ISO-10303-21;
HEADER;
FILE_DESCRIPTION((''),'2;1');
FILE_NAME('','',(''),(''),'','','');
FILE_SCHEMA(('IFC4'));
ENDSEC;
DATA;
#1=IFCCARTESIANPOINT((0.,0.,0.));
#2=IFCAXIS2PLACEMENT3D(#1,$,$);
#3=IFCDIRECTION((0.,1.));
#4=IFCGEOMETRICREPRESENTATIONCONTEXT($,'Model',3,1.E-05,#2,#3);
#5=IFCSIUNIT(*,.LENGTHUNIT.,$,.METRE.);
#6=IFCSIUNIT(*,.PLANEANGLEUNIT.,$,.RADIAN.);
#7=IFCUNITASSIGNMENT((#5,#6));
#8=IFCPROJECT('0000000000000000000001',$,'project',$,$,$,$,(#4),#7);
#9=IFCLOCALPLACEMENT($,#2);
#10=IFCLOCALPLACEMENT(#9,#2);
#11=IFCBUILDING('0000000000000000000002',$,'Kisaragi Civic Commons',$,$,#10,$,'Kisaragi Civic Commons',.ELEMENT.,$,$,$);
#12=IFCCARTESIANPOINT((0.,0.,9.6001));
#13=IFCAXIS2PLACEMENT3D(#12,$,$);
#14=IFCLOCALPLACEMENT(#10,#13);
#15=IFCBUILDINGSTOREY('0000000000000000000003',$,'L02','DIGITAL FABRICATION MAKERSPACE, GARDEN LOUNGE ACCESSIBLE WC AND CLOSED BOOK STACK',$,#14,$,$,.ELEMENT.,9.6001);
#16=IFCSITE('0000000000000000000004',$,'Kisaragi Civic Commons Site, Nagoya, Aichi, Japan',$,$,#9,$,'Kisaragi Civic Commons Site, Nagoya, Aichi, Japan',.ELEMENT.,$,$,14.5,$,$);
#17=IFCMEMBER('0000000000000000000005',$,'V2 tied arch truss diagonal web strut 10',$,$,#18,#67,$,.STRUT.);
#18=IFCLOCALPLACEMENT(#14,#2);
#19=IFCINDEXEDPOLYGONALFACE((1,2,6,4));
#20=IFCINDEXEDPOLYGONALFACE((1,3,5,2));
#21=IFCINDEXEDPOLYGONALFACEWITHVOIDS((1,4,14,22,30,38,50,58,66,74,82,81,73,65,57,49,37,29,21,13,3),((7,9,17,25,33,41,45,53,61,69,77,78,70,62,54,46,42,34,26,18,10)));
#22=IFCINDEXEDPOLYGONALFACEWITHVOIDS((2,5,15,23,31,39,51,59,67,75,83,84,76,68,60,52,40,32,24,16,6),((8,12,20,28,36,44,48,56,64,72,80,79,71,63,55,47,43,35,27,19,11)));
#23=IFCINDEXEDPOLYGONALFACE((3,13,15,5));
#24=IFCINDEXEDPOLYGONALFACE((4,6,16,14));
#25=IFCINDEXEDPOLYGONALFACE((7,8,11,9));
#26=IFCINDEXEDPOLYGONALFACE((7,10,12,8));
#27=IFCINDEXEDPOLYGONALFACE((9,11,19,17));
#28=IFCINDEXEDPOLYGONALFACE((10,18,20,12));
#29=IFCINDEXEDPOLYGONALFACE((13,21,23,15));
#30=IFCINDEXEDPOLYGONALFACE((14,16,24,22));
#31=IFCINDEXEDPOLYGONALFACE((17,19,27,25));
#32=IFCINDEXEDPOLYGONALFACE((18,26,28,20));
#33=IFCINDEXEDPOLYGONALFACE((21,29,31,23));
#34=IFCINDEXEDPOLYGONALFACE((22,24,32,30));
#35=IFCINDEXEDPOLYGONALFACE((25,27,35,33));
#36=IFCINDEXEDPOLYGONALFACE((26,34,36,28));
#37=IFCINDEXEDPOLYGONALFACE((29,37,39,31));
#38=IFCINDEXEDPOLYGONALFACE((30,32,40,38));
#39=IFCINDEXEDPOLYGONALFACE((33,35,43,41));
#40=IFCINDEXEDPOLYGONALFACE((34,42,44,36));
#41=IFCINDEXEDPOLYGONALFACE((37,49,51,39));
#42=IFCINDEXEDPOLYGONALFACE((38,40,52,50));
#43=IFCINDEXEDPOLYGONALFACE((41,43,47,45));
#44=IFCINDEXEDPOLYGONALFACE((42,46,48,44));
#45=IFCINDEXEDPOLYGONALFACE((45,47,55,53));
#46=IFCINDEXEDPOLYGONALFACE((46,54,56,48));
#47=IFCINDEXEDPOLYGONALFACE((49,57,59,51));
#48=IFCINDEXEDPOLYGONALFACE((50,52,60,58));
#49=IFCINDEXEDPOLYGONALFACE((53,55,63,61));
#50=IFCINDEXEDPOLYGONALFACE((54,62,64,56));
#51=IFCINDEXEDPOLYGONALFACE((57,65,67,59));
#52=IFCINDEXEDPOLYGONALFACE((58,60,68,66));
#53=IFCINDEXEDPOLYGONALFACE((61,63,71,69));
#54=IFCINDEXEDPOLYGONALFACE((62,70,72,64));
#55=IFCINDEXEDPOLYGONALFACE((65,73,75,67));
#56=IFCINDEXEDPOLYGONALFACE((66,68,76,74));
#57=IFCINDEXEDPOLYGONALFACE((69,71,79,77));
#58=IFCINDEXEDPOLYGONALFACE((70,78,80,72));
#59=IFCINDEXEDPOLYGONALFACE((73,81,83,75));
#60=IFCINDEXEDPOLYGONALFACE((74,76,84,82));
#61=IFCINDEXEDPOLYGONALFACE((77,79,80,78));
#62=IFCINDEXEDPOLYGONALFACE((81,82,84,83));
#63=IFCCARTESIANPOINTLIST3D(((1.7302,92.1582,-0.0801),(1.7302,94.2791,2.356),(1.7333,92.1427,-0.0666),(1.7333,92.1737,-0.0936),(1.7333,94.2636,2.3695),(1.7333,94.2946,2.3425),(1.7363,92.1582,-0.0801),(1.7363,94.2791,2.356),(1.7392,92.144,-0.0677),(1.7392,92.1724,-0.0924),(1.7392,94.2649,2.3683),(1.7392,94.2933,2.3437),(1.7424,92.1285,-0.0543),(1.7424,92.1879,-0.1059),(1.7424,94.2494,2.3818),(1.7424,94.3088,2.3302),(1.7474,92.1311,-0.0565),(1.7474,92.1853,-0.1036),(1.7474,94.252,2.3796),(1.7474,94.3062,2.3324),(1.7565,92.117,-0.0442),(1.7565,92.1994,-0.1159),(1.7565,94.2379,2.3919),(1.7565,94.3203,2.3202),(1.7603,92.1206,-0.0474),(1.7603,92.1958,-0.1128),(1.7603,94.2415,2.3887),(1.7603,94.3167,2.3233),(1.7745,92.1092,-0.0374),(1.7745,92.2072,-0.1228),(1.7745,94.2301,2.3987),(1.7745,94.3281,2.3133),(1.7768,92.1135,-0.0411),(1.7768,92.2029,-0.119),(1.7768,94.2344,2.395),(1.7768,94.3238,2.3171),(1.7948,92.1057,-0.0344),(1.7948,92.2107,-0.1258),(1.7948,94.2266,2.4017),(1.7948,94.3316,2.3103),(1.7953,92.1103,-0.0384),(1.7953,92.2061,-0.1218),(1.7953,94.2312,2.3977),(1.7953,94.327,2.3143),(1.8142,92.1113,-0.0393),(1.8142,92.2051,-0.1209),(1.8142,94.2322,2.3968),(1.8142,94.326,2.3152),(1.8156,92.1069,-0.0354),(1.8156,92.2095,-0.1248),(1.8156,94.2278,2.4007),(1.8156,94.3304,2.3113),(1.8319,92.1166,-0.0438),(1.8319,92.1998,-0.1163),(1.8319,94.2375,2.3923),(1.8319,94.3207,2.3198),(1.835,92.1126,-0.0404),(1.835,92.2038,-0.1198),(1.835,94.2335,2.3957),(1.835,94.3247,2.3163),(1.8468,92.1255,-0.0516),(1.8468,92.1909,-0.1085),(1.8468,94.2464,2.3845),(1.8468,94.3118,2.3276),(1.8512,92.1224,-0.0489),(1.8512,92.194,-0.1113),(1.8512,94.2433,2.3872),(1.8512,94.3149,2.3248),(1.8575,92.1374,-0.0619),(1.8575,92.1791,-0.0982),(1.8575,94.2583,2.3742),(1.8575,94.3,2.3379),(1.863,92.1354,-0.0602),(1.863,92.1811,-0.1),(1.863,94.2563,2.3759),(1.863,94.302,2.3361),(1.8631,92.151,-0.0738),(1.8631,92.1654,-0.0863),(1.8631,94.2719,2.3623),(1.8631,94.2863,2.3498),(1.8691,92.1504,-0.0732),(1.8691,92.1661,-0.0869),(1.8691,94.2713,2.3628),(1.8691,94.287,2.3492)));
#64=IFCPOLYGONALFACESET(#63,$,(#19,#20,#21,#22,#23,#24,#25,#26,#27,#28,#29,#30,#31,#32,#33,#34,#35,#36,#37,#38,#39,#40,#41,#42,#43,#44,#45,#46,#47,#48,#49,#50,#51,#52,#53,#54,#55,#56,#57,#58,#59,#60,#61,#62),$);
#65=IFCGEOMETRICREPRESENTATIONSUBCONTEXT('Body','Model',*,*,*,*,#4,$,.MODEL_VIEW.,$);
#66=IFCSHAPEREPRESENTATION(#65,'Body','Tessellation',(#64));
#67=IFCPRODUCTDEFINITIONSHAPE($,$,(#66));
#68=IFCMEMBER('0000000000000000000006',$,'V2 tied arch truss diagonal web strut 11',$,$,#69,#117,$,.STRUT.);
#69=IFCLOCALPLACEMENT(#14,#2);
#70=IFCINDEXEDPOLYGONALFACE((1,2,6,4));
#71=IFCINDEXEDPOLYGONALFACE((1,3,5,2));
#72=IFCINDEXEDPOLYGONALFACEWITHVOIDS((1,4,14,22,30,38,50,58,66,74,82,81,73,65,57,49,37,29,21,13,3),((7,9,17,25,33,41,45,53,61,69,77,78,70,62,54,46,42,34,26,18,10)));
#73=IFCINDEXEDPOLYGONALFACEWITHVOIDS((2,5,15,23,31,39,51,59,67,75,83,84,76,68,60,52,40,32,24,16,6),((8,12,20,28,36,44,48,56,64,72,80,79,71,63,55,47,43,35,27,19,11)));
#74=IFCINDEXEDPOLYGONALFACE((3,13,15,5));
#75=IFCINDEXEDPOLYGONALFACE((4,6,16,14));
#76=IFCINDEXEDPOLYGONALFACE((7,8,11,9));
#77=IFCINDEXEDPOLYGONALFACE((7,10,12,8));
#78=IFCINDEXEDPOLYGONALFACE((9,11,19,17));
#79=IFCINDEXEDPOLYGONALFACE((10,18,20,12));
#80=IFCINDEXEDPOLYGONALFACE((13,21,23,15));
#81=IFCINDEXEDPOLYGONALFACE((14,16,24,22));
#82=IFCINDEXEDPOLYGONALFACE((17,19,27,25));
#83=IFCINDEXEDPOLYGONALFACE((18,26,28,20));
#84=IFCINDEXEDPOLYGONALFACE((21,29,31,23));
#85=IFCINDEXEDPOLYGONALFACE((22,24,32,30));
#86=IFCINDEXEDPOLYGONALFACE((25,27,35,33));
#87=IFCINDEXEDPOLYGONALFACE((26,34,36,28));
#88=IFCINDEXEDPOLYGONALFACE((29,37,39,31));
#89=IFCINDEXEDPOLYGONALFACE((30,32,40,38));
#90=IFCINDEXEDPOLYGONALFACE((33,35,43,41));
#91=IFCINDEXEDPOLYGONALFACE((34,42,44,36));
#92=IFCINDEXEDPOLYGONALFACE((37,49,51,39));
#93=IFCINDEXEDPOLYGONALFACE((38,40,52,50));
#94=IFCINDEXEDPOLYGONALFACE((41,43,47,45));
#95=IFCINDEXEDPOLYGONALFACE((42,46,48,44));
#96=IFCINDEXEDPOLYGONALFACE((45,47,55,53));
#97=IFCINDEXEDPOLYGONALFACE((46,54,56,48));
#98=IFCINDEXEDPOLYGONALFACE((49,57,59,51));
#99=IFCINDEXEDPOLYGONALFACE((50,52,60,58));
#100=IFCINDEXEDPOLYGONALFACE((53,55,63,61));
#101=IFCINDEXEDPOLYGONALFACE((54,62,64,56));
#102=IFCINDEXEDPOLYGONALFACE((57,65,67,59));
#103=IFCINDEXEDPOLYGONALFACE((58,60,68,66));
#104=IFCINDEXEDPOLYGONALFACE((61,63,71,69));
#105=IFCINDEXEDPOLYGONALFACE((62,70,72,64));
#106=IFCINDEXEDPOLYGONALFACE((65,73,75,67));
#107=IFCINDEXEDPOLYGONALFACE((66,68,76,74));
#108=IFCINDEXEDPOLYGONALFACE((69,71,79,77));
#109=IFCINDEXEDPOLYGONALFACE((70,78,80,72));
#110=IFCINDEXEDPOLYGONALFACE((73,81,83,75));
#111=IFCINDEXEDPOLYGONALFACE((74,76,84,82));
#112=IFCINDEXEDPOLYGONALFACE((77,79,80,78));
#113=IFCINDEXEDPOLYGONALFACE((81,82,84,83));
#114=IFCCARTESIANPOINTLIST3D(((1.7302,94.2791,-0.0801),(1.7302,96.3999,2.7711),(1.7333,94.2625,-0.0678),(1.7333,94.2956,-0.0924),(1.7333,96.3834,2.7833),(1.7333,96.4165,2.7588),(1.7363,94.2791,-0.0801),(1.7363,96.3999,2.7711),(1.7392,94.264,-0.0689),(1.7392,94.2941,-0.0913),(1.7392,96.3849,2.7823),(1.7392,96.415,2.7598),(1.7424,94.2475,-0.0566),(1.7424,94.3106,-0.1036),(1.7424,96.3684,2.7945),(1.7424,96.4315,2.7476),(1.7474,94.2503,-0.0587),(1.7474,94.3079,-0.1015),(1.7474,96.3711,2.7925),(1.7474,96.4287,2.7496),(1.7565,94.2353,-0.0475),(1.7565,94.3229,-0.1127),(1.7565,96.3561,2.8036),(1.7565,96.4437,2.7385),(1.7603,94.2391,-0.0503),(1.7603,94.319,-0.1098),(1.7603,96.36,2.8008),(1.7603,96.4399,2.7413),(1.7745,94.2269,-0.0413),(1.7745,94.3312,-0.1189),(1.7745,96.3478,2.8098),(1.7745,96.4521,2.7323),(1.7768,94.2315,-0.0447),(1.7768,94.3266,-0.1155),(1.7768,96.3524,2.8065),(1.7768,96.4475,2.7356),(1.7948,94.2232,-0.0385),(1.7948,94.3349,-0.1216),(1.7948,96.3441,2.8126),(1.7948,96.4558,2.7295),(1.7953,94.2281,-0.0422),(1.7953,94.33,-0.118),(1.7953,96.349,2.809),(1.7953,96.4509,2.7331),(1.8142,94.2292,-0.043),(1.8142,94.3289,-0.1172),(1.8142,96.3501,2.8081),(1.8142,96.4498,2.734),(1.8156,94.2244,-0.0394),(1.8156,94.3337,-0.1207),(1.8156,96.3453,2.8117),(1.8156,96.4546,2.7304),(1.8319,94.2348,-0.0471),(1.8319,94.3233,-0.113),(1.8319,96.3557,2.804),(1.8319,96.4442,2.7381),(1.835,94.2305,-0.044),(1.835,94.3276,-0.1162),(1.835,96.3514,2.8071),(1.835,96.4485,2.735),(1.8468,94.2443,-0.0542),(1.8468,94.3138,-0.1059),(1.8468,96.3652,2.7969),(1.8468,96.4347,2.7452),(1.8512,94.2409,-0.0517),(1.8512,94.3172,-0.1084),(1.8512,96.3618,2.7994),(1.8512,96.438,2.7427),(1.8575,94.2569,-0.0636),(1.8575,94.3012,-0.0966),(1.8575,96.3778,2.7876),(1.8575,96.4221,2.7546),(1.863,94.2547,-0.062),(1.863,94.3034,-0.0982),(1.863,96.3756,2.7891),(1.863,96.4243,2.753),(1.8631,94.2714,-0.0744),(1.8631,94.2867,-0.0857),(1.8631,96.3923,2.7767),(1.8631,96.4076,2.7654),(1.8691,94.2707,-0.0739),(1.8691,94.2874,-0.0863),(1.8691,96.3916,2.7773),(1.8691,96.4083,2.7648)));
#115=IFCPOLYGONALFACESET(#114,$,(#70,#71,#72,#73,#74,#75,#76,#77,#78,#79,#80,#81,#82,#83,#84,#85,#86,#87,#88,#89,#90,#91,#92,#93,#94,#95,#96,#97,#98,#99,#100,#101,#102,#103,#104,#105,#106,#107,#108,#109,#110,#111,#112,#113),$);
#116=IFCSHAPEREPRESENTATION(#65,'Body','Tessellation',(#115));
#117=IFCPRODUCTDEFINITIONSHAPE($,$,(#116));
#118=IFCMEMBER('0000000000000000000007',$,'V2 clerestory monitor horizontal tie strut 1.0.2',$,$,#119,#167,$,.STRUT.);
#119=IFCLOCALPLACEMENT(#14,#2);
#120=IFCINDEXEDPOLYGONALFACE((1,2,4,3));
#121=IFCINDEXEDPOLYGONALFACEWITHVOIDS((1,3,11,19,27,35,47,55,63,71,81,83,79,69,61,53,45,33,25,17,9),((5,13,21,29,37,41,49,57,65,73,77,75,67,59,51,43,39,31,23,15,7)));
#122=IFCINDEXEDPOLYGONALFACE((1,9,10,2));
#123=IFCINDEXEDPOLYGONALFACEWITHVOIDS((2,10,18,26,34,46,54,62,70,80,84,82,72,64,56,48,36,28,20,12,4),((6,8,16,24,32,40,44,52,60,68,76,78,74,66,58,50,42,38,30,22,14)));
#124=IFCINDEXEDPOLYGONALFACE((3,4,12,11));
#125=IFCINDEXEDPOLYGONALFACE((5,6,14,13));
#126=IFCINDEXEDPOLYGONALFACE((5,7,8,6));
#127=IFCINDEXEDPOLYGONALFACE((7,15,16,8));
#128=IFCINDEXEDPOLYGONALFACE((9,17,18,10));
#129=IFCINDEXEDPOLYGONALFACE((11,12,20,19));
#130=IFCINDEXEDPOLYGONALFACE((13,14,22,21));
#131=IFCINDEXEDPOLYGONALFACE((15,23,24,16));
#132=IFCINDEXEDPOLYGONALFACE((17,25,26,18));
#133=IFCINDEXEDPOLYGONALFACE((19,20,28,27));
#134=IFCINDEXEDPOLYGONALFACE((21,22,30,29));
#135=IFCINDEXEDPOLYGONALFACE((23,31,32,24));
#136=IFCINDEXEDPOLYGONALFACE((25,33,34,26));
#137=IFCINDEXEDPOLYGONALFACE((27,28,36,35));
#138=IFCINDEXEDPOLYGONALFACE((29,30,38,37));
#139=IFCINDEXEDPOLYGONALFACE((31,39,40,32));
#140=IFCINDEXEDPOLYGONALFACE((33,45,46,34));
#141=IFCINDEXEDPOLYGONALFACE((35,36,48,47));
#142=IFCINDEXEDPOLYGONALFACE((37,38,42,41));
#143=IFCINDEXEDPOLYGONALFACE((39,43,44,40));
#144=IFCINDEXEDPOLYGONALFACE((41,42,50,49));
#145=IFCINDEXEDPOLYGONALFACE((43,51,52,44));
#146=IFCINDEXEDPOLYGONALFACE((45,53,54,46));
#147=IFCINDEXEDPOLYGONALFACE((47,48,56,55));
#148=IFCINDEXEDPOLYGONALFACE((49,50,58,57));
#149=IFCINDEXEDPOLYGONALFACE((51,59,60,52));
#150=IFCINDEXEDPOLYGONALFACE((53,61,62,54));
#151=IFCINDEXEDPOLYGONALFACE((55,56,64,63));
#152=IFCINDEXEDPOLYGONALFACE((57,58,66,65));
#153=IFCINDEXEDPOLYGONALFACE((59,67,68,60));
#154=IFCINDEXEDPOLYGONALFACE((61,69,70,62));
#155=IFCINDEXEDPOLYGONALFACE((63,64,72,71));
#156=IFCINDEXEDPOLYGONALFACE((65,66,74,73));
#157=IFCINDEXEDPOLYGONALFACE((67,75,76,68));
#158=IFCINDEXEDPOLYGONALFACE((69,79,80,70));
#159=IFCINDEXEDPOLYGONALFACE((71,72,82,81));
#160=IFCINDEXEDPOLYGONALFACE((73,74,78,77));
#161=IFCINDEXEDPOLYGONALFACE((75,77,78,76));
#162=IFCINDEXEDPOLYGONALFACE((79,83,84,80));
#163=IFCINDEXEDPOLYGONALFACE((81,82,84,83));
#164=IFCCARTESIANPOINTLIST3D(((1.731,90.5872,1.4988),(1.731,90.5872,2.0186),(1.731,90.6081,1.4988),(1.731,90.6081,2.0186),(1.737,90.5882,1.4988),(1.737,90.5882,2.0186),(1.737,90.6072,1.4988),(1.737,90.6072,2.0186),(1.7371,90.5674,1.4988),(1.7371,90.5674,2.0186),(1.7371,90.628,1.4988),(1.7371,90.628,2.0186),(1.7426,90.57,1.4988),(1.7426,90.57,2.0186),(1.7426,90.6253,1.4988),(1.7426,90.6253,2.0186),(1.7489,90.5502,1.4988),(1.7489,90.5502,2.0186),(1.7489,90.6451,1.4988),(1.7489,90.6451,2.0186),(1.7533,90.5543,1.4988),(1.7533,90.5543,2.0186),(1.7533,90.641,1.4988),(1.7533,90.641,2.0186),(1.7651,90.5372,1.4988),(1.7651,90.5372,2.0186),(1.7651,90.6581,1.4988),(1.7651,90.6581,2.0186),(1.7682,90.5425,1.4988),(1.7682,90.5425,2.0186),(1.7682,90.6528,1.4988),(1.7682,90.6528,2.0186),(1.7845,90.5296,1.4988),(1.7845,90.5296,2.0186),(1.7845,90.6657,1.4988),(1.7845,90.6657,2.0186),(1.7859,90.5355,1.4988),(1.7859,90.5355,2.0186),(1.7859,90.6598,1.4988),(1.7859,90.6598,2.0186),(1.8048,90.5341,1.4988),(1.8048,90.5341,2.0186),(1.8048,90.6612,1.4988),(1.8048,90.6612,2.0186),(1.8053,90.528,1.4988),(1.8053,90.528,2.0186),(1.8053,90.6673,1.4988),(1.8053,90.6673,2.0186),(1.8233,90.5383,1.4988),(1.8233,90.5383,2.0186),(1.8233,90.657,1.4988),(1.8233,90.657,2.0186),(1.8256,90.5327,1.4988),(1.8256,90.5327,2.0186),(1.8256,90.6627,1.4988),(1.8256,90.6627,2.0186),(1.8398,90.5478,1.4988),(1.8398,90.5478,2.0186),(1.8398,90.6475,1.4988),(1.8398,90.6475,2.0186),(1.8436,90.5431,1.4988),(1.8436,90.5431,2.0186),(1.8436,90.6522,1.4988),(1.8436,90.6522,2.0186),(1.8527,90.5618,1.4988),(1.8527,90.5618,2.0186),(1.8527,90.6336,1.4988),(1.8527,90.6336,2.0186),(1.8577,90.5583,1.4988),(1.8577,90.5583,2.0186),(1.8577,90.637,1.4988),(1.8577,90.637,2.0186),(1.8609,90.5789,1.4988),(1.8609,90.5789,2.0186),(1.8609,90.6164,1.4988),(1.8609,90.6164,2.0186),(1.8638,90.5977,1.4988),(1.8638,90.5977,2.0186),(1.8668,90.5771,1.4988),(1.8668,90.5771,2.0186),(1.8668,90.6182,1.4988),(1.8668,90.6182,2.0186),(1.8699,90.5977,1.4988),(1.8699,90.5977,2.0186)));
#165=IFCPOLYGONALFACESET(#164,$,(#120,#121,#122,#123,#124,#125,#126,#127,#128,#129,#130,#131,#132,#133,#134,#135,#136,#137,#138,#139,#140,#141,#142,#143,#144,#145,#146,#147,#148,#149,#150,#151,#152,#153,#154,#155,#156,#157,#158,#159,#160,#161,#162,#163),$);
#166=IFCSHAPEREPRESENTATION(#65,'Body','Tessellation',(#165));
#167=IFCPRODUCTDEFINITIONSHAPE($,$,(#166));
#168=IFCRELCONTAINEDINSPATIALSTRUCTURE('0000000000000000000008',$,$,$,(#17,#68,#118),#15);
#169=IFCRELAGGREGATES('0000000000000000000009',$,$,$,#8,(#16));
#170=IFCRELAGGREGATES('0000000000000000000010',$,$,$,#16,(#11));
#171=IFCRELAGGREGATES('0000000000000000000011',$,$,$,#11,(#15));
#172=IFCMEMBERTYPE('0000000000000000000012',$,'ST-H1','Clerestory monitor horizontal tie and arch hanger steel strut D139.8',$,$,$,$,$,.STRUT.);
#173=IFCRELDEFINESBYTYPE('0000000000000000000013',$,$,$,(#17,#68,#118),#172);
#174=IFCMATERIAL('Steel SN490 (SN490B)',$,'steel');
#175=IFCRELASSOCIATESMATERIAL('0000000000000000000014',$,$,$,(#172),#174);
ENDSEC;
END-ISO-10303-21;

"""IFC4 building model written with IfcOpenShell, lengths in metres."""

from ifc_helpers import new_model, si_unit, direction, frame, origin, origin_2d, place, context, subcontext, project, spatial, hollow_circle, extrude, material, material_profile, profile_set, type_object, element, save


model = new_model("IFC4")

# Units and contexts
model_context = context("Model", 3, precision=1e-05, world=origin(), true_north=direction((0.0, 1.0)))
body_context = subcontext(model_context, "Body", "Model", "MODEL_VIEW")
ifc_project = project(units=[si_unit("LENGTHUNIT", "METRE"), si_unit("PLANEANGLEUNIT", "RADIAN")], contexts=[model_context])

# Site, building, storey
site_placement = place(None, origin())
site = spatial("IfcSite", under=ifc_project, at=site_placement, Name="Kisaragi Civic Commons Site, Nagoya, Aichi, Japan", LongName="Kisaragi Civic Commons Site, Nagoya, Aichi, Japan", CompositionType="ELEMENT", RefElevation=14.5)
building_placement = place(site_placement, origin())
building = spatial("IfcBuilding", under=site, at=building_placement, Name="Kisaragi Civic Commons", LongName="Kisaragi Civic Commons", CompositionType="ELEMENT")
storey_placement = place(building_placement, frame((0.0, 0.0, 9.6001)))
storey = spatial("IfcBuildingStorey", under=building, at=storey_placement, Name="L02", Description="DIGITAL FABRICATION MAKERSPACE, GARDEN LOUNGE ACCESSIBLE WC AND CLOSED BOOK STACK", CompositionType="ELEMENT", Elevation=9.6001)

# Shared definitions
ifc_material_1 = material(Name="Steel SN490 (SN490B)", Category="steel")

# Members
ifc_material_profile_1 = material_profile(ifc_material_1, hollow_circle(Radius=0.0698, WallThickness=0.0061, at=origin_2d()), Name="CHS-139.8x6.0", Category="steel")
ifc_profile_set_1 = profile_set([ifc_material_profile_1], Name="Steel SN490 (SN490B)")
member_type_1 = type_object("IfcMemberType", Name="ST-H1", Description="Clerestory monitor horizontal tie and arch hanger steel strut D139.8", PredefinedType="STRUT", material=ifc_profile_set_1)
member_1_placement = place(storey_placement, frame((1.8, 92.1582, -0.0801), z_axis=(0.0, 0.65663, 0.754213), x_axis=(-1.0, 0.0, 0.0)))
element("IfcMember", 1, at=member_1_placement, inside=storey, type_object=member_type_1, Name="V2 tied arch truss diagonal web strut 10", PredefinedType="STRUT", context=body_context, shape_type="SweptSolid", body=[
    extrude(hollow_circle(Radius=0.0698, WallThickness=0.0061, at=origin_2d()), origin(), (0.0, 0.0, 1.0), 3.23),
])
member_2_placement = place(storey_placement, frame((1.8, 94.2791, -0.0801), z_axis=(0.0, 0.596851, 0.802352), x_axis=(-1.0, 0.0, 0.0)))
element("IfcMember", 2, at=member_2_placement, inside=storey, type_object=member_type_1, Name="V2 tied arch truss diagonal web strut 11", PredefinedType="STRUT", context=body_context, shape_type="SweptSolid", body=[
    extrude(hollow_circle(Radius=0.0698, WallThickness=0.0061, at=origin_2d()), origin(), (0.0, 0.0, 1.0), 3.5535),
])
member_3_placement = place(storey_placement, frame((1.8, 90.5977, 1.4988), z_axis=(0.0, 0.0, 1.0), x_axis=(1.0, 0.0, 0.0)))
element("IfcMember", 3, at=member_3_placement, inside=storey, type_object=member_type_1, Name="V2 clerestory monitor horizontal tie strut 1.0.2", PredefinedType="STRUT", context=body_context, shape_type="SweptSolid", body=[
    extrude(hollow_circle(Radius=0.0698, WallThickness=0.0061, at=origin_2d()), origin(), (0.0, 0.0, 1.0), 0.5198),
])

save(model, "model.ifc")
